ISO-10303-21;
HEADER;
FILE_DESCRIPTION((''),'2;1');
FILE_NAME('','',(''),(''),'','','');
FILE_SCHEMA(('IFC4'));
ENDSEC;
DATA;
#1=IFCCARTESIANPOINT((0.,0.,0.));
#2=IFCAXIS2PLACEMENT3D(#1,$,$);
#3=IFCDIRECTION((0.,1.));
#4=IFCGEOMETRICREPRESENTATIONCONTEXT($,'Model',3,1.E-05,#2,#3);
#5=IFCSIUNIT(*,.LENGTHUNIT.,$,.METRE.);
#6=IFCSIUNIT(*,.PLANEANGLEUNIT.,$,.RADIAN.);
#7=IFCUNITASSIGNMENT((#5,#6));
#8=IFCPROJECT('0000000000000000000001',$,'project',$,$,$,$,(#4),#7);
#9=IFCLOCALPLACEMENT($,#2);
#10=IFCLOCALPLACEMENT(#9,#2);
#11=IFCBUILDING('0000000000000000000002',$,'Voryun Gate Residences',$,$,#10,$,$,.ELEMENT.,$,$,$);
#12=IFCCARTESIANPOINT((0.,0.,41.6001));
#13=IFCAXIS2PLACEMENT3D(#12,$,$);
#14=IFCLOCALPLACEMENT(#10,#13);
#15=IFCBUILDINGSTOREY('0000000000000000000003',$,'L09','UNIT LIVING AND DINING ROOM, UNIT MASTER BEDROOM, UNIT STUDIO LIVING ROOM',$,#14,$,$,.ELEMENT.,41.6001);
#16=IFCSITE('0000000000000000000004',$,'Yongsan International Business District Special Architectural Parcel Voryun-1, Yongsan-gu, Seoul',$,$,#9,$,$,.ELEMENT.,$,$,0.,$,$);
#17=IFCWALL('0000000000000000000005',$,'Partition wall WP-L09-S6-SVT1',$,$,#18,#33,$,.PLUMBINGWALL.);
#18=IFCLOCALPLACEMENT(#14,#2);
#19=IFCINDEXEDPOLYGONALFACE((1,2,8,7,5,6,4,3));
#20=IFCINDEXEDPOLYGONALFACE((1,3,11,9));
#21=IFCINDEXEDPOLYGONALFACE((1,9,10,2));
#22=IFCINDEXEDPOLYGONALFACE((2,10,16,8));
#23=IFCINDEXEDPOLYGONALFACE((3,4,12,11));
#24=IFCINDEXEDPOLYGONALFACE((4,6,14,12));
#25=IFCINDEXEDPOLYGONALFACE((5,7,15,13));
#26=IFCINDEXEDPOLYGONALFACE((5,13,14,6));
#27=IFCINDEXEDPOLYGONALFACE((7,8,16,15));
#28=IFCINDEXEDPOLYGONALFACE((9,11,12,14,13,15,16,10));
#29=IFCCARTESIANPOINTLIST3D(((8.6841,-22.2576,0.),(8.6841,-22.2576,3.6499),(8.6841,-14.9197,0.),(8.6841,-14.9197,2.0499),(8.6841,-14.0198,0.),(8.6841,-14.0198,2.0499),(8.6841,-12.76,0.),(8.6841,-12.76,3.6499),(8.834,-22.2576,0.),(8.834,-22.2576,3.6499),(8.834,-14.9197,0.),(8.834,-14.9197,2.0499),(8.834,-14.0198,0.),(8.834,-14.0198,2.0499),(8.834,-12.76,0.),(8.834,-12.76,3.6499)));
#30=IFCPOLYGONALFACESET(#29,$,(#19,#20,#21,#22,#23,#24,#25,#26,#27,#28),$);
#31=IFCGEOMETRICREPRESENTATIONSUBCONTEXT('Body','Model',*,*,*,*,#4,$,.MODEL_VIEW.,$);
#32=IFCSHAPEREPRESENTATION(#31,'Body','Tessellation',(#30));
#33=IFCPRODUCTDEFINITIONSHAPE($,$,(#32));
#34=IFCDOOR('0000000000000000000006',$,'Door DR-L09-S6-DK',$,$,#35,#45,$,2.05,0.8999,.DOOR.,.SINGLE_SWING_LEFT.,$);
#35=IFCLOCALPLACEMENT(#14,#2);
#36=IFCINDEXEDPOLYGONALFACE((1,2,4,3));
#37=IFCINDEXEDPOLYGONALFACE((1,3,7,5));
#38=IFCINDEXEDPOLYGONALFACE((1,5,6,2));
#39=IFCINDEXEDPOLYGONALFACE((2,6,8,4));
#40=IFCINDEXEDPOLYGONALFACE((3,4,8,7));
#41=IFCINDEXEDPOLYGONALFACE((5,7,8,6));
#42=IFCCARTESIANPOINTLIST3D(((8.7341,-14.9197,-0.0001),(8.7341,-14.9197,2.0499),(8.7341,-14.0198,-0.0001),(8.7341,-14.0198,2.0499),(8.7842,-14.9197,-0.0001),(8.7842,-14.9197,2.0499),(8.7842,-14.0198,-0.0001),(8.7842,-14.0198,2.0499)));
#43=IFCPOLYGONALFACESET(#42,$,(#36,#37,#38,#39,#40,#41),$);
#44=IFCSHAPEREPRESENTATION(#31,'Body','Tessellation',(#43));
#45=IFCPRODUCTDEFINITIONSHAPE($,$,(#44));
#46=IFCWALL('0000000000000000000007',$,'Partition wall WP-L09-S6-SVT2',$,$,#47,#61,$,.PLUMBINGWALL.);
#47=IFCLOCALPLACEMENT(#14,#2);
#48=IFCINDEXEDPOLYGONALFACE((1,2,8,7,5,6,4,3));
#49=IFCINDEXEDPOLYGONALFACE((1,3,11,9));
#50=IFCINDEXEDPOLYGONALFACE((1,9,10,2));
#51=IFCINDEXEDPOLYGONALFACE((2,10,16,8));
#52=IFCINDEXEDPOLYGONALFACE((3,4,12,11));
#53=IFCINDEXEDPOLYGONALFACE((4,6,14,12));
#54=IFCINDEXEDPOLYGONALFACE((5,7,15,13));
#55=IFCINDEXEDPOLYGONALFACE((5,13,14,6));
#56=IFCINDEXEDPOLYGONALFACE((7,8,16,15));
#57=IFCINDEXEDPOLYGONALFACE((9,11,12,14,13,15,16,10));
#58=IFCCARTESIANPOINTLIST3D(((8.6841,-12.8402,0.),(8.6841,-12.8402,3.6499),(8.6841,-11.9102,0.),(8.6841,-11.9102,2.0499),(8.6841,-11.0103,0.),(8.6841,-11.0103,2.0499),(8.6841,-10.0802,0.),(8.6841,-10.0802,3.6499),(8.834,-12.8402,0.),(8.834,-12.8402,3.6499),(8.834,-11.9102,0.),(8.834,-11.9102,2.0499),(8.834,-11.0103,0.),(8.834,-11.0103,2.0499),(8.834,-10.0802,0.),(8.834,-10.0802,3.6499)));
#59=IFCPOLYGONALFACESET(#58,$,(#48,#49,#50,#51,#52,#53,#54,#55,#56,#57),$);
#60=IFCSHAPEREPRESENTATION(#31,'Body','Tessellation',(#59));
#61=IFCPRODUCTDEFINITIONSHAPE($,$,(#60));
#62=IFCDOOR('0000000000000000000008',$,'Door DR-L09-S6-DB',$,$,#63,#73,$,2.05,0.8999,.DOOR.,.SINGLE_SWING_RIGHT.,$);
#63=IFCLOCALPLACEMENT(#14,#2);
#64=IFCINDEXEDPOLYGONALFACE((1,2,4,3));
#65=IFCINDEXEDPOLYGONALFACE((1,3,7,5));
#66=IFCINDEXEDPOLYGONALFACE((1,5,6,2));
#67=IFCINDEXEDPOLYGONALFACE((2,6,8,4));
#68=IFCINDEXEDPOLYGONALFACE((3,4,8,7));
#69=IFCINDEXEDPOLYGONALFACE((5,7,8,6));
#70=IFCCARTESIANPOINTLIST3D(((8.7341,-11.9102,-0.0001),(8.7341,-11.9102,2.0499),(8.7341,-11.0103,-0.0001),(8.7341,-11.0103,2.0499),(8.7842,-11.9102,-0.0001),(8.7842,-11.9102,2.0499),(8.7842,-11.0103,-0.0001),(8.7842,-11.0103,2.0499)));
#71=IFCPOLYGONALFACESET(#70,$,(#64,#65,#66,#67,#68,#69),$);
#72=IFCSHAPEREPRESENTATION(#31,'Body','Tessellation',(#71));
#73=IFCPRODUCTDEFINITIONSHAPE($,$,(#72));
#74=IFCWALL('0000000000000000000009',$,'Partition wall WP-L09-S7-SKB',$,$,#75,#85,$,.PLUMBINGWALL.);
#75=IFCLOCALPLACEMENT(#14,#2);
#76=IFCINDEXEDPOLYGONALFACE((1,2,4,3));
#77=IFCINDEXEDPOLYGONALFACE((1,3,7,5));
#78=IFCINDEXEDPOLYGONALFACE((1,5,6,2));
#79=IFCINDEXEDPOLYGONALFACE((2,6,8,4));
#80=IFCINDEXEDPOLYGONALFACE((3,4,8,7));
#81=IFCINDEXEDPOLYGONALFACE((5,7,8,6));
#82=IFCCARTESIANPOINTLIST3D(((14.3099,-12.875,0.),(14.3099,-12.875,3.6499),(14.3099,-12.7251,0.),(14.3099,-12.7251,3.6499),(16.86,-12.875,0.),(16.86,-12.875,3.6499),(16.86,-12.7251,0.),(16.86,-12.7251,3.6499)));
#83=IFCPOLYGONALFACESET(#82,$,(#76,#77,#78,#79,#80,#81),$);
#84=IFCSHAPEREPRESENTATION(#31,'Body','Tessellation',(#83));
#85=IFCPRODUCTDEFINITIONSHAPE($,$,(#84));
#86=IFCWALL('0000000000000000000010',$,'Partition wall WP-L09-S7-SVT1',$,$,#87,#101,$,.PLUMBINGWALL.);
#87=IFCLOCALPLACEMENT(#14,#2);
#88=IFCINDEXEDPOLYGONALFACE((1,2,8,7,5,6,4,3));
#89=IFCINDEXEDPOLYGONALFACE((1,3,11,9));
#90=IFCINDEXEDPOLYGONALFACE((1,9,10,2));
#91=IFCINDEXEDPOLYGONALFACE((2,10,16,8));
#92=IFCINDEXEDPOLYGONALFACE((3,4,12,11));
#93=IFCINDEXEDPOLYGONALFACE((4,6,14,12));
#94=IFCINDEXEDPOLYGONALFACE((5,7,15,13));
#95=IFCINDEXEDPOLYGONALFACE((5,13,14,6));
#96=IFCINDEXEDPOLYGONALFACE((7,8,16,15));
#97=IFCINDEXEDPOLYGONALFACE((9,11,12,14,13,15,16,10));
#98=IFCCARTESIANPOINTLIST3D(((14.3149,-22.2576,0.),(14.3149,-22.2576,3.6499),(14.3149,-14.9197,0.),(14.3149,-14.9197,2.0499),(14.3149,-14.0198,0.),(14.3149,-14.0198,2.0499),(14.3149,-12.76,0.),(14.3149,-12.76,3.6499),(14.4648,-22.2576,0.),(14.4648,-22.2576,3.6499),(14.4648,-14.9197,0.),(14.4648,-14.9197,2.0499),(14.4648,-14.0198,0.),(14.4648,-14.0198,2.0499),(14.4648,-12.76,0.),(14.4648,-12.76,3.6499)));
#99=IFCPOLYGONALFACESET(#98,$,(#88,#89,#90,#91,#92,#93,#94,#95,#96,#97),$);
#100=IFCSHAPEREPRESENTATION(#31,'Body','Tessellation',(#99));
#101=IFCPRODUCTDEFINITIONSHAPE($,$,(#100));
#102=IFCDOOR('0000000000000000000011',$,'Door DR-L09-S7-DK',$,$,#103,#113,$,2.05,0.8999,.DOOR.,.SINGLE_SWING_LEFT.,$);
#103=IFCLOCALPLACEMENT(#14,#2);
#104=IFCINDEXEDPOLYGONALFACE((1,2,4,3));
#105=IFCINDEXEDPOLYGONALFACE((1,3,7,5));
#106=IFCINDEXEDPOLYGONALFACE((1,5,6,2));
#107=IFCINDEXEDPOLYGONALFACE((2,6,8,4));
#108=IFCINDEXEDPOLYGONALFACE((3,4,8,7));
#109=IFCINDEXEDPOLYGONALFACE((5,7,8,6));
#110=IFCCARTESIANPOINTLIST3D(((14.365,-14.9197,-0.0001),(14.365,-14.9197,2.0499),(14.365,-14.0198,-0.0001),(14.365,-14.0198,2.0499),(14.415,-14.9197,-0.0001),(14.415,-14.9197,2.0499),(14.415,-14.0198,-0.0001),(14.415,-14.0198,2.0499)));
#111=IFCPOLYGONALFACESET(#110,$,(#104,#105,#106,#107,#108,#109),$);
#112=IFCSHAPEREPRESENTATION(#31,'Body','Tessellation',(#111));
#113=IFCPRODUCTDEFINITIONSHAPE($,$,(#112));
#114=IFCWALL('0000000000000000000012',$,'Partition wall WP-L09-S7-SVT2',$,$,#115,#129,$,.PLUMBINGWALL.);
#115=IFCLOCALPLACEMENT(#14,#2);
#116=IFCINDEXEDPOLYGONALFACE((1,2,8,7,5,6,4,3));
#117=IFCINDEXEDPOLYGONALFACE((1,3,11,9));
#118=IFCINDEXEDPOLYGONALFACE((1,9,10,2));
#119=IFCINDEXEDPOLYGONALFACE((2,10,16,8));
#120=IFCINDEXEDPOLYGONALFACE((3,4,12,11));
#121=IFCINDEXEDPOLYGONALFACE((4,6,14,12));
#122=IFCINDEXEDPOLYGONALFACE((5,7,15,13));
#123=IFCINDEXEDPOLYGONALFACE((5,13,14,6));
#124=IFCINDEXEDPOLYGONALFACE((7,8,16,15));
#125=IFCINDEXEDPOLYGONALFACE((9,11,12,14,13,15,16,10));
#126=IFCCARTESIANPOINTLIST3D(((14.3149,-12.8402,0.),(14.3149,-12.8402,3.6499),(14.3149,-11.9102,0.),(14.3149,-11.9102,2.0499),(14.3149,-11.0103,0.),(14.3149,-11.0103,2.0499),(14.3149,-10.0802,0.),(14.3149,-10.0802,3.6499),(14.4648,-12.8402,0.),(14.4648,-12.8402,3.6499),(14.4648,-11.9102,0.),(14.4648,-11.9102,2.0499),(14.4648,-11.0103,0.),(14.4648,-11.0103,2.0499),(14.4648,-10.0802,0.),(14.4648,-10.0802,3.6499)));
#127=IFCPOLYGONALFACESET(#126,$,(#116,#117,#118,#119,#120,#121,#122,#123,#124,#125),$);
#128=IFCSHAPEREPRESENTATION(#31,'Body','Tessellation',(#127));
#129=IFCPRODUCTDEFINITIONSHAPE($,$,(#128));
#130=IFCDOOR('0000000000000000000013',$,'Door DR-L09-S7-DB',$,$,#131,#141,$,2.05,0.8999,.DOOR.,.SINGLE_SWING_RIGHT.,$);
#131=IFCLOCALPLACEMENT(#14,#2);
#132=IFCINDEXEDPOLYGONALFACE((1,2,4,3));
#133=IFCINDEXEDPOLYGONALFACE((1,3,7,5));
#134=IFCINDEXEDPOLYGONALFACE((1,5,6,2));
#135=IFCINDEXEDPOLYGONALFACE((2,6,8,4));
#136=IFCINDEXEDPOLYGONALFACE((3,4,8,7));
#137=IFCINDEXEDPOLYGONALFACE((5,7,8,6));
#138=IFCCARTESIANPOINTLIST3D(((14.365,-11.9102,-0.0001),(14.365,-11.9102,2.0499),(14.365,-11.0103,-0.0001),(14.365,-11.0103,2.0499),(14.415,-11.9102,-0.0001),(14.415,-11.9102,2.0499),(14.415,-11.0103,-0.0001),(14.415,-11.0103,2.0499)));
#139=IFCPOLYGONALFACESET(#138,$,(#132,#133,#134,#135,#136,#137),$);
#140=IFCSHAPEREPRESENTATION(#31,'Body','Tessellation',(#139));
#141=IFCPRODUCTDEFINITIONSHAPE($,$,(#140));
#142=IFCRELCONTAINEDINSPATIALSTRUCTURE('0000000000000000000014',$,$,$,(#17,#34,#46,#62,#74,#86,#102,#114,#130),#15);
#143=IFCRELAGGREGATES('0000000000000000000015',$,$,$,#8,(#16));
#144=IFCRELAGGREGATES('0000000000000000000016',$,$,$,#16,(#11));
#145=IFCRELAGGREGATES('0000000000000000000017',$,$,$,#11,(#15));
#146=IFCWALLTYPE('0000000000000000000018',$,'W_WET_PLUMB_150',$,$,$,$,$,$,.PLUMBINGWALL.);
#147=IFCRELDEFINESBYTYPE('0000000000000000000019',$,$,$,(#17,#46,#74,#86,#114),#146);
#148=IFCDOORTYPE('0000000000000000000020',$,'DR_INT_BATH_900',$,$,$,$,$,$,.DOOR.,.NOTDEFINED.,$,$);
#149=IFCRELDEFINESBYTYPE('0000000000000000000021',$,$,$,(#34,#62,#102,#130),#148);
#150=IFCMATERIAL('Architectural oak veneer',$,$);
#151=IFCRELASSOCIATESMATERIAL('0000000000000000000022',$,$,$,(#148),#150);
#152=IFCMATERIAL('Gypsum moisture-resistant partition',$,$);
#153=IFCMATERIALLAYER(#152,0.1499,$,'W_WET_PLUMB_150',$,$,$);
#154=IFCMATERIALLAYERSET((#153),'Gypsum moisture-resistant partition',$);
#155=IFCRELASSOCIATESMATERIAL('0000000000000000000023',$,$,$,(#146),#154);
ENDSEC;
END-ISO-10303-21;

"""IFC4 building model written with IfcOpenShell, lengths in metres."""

from ifc_helpers import new_model, si_unit, direction, frame, frame_2d, origin, place, context, subcontext, project, spatial, rectangle, extrude, material, layer, layer_set, type_object, element, fill, save


model = new_model("IFC4")

# Units and contexts
model_context = context("Model", 3, precision=1e-05, world=origin(), true_north=direction((0.0, 1.0)))
body_context = subcontext(model_context, "Body", "Model", "MODEL_VIEW")
ifc_project = project(units=[si_unit("LENGTHUNIT", "METRE"), si_unit("PLANEANGLEUNIT", "RADIAN")], contexts=[model_context])

# Site, building, storey
site_placement = place(None, origin())
site = spatial("IfcSite", under=ifc_project, at=site_placement, Name="Yongsan International Business District Special Architectural Parcel Voryun-1, Yongsan-gu, Seoul", CompositionType="ELEMENT", RefElevation=0.0)
building_placement = place(site_placement, origin())
building = spatial("IfcBuilding", under=site, at=building_placement, Name="Voryun Gate Residences", CompositionType="ELEMENT")
storey_placement = place(building_placement, frame((0.0, 0.0, 41.6001)))
storey = spatial("IfcBuildingStorey", under=building, at=storey_placement, Name="L09", Description="UNIT LIVING AND DINING ROOM, UNIT MASTER BEDROOM, UNIT STUDIO LIVING ROOM", CompositionType="ELEMENT", Elevation=41.6001)

# Shared definitions
ifc_material_1 = material(Name="Architectural oak veneer")
door_type = type_object("IfcDoorType", Name="DR_INT_BATH_900", OperationType="NOTDEFINED", PredefinedType="DOOR", material=ifc_material_1)

# Shared definitions
ifc_material_2 = material(Name="Gypsum moisture-resistant partition")
ifc_layer_1 = layer(ifc_material_2, 0.1499, Name="W_WET_PLUMB_150")
ifc_layer_set_1 = layer_set([ifc_layer_1], Name="Gypsum moisture-resistant partition")
wall_type_1 = type_object("IfcWallType", Name="W_WET_PLUMB_150", PredefinedType="PLUMBINGWALL", material=ifc_layer_set_1)

# Walls, openings, doors
wall_1_placement = place(storey_placement, frame((8.759, -22.2576, 0.0), z_axis=(0.0, 0.0, 1.0), x_axis=(0.0, 1.0, 0.0)))
wall_1 = element("IfcWall", 1, at=wall_1_placement, inside=storey, type_object=wall_type_1, Name="Partition wall WP-L09-S6-SVT1", PredefinedType="PLUMBINGWALL", context=body_context, shape_type="SweptSolid", body=[
    extrude(rectangle(XDim=9.4976, YDim=0.1499, at=frame_2d((4.7488, 0.0))), origin(), (0.0, 0.0, 1.0), 3.6499),
])
opening_1_placement = place(wall_1_placement, frame((7.3379, 0.0, 0.0)))
opening_1 = element("IfcOpeningElement", 2, at=opening_1_placement, cuts=wall_1, PredefinedType="OPENING", context=body_context, shape_type="SweptSolid", body=[
    extrude(rectangle(XDim=0.8999, YDim=2.05, at=frame_2d((0.45, 1.0249))), frame((0.0, 0.085, 0.0), z_axis=(0.0, -1.0, 0.0), x_axis=(1.0, 0.0, 0.0)), (0.0, 0.0, 1.0), 0.1699),
])
door_1_placement = place(opening_1_placement, origin())
door_1 = element("IfcDoor", 3, at=door_1_placement, inside=storey, type_object=door_type, Name="Door DR-L09-S6-DK", OperationType="SINGLE_SWING_LEFT", OverallHeight=2.05, OverallWidth=0.8999, PredefinedType="DOOR", context=body_context, shape_type="SweptSolid", body=[
    extrude(rectangle(XDim=0.8999, YDim=2.05, at=frame_2d((0.45, 1.0249))), frame((0.0, 0.0249, 0.0), z_axis=(0.0, -1.0, 0.0), x_axis=(1.0, 0.0, 0.0)), (0.0, 0.0, 1.0), 0.05),
])
fill(opening_1, door_1)
wall_2_placement = place(storey_placement, frame((8.759, -12.8401, 0.0), z_axis=(0.0, 0.0, 1.0), x_axis=(0.0, 1.0, 0.0)))
wall_2 = element("IfcWall", 4, at=wall_2_placement, inside=storey, type_object=wall_type_1, Name="Partition wall WP-L09-S6-SVT2", PredefinedType="PLUMBINGWALL", context=body_context, shape_type="SweptSolid", body=[
    extrude(rectangle(XDim=2.76, YDim=0.1499, at=frame_2d((1.3799, 0.0))), origin(), (0.0, 0.0, 1.0), 3.6499),
])
opening_2_placement = place(wall_2_placement, frame((0.9299, 0.0, 0.0)))
opening_2 = element("IfcOpeningElement", 5, at=opening_2_placement, cuts=wall_2, PredefinedType="OPENING", context=body_context, shape_type="SweptSolid", body=[
    extrude(rectangle(XDim=0.8999, YDim=2.05, at=frame_2d((0.45, 1.0249))), frame((0.0, 0.085, 0.0), z_axis=(0.0, -1.0, 0.0), x_axis=(1.0, 0.0, 0.0)), (0.0, 0.0, 1.0), 0.1699),
])
door_2_placement = place(opening_2_placement, origin())
door_2 = element("IfcDoor", 6, at=door_2_placement, inside=storey, type_object=door_type, Name="Door DR-L09-S6-DB", OperationType="SINGLE_SWING_RIGHT", OverallHeight=2.05, OverallWidth=0.8999, PredefinedType="DOOR", context=body_context, shape_type="SweptSolid", body=[
    extrude(rectangle(XDim=0.8999, YDim=2.05, at=frame_2d((0.45, 1.0249))), frame((0.0, 0.0249, 0.0), z_axis=(0.0, -1.0, 0.0), x_axis=(1.0, 0.0, 0.0)), (0.0, 0.0, 1.0), 0.05),
])
fill(opening_2, door_2)

# Wall
wall_3_placement = place(storey_placement, frame((14.3101, -12.8, 0.0), z_axis=(0.0, 0.0, 1.0), x_axis=(1.0, 0.0, 0.0)))
element("IfcWall", 7, at=wall_3_placement, inside=storey, type_object=wall_type_1, Name="Partition wall WP-L09-S7-SKB", PredefinedType="PLUMBINGWALL", context=body_context, shape_type="SweptSolid", body=[
    extrude(rectangle(XDim=2.55, YDim=0.1499, at=frame_2d((1.2749, 0.0))), origin(), (0.0, 0.0, 1.0), 3.6499),
])

# Walls, openings, doors
wall_4_placement = place(storey_placement, frame((14.3899, -22.2576, 0.0), z_axis=(0.0, 0.0, 1.0), x_axis=(0.0, 1.0, 0.0)))
wall_4 = element("IfcWall", 8, at=wall_4_placement, inside=storey, type_object=wall_type_1, Name="Partition wall WP-L09-S7-SVT1", PredefinedType="PLUMBINGWALL", context=body_context, shape_type="SweptSolid", body=[
    extrude(rectangle(XDim=9.4976, YDim=0.1499, at=frame_2d((4.7488, 0.0))), origin(), (0.0, 0.0, 1.0), 3.6499),
])
opening_3_placement = place(wall_4_placement, frame((7.3379, 0.0, 0.0)))
opening_3 = element("IfcOpeningElement", 9, at=opening_3_placement, cuts=wall_4, PredefinedType="OPENING", context=body_context, shape_type="SweptSolid", body=[
    extrude(rectangle(XDim=0.8999, YDim=2.05, at=frame_2d((0.45, 1.0249))), frame((0.0, 0.085, 0.0), z_axis=(0.0, -1.0, 0.0), x_axis=(1.0, 0.0, 0.0)), (0.0, 0.0, 1.0), 0.1699),
])
door_3_placement = place(opening_3_placement, origin())
door_3 = element("IfcDoor", 10, at=door_3_placement, inside=storey, type_object=door_type, Name="Door DR-L09-S7-DK", OperationType="SINGLE_SWING_LEFT", OverallHeight=2.05, OverallWidth=0.8999, PredefinedType="DOOR", context=body_context, shape_type="SweptSolid", body=[
    extrude(rectangle(XDim=0.8999, YDim=2.05, at=frame_2d((0.45, 1.0249))), frame((0.0, 0.0249, 0.0), z_axis=(0.0, -1.0, 0.0), x_axis=(1.0, 0.0, 0.0)), (0.0, 0.0, 1.0), 0.05),
])
fill(opening_3, door_3)
wall_5_placement = place(storey_placement, frame((14.3899, -12.8401, 0.0), z_axis=(0.0, 0.0, 1.0), x_axis=(0.0, 1.0, 0.0)))
wall_5 = element("IfcWall", 11, at=wall_5_placement, inside=storey, type_object=wall_type_1, Name="Partition wall WP-L09-S7-SVT2", PredefinedType="PLUMBINGWALL", context=body_context, shape_type="SweptSolid", body=[
    extrude(rectangle(XDim=2.76, YDim=0.1499, at=frame_2d((1.3799, 0.0))), origin(), (0.0, 0.0, 1.0), 3.6499),
])
opening_4_placement = place(wall_5_placement, frame((0.9299, 0.0, 0.0)))
opening_4 = element("IfcOpeningElement", 12, at=opening_4_placement, cuts=wall_5, PredefinedType="OPENING", context=body_context, shape_type="SweptSolid", body=[
    extrude(rectangle(XDim=0.8999, YDim=2.05, at=frame_2d((0.45, 1.0249))), frame((0.0, 0.085, 0.0), z_axis=(0.0, -1.0, 0.0), x_axis=(1.0, 0.0, 0.0)), (0.0, 0.0, 1.0), 0.1699),
])
door_4_placement = place(opening_4_placement, origin())
door_4 = element("IfcDoor", 13, at=door_4_placement, inside=storey, type_object=door_type, Name="Door DR-L09-S7-DB", OperationType="SINGLE_SWING_RIGHT", OverallHeight=2.05, OverallWidth=0.8999, PredefinedType="DOOR", context=body_context, shape_type="SweptSolid", body=[
    extrude(rectangle(XDim=0.8999, YDim=2.05, at=frame_2d((0.45, 1.0249))), frame((0.0, 0.0249, 0.0), z_axis=(0.0, -1.0, 0.0), x_axis=(1.0, 0.0, 0.0)), (0.0, 0.0, 1.0), 0.05),
])
fill(opening_4, door_4)

save(model, "model.ifc")
